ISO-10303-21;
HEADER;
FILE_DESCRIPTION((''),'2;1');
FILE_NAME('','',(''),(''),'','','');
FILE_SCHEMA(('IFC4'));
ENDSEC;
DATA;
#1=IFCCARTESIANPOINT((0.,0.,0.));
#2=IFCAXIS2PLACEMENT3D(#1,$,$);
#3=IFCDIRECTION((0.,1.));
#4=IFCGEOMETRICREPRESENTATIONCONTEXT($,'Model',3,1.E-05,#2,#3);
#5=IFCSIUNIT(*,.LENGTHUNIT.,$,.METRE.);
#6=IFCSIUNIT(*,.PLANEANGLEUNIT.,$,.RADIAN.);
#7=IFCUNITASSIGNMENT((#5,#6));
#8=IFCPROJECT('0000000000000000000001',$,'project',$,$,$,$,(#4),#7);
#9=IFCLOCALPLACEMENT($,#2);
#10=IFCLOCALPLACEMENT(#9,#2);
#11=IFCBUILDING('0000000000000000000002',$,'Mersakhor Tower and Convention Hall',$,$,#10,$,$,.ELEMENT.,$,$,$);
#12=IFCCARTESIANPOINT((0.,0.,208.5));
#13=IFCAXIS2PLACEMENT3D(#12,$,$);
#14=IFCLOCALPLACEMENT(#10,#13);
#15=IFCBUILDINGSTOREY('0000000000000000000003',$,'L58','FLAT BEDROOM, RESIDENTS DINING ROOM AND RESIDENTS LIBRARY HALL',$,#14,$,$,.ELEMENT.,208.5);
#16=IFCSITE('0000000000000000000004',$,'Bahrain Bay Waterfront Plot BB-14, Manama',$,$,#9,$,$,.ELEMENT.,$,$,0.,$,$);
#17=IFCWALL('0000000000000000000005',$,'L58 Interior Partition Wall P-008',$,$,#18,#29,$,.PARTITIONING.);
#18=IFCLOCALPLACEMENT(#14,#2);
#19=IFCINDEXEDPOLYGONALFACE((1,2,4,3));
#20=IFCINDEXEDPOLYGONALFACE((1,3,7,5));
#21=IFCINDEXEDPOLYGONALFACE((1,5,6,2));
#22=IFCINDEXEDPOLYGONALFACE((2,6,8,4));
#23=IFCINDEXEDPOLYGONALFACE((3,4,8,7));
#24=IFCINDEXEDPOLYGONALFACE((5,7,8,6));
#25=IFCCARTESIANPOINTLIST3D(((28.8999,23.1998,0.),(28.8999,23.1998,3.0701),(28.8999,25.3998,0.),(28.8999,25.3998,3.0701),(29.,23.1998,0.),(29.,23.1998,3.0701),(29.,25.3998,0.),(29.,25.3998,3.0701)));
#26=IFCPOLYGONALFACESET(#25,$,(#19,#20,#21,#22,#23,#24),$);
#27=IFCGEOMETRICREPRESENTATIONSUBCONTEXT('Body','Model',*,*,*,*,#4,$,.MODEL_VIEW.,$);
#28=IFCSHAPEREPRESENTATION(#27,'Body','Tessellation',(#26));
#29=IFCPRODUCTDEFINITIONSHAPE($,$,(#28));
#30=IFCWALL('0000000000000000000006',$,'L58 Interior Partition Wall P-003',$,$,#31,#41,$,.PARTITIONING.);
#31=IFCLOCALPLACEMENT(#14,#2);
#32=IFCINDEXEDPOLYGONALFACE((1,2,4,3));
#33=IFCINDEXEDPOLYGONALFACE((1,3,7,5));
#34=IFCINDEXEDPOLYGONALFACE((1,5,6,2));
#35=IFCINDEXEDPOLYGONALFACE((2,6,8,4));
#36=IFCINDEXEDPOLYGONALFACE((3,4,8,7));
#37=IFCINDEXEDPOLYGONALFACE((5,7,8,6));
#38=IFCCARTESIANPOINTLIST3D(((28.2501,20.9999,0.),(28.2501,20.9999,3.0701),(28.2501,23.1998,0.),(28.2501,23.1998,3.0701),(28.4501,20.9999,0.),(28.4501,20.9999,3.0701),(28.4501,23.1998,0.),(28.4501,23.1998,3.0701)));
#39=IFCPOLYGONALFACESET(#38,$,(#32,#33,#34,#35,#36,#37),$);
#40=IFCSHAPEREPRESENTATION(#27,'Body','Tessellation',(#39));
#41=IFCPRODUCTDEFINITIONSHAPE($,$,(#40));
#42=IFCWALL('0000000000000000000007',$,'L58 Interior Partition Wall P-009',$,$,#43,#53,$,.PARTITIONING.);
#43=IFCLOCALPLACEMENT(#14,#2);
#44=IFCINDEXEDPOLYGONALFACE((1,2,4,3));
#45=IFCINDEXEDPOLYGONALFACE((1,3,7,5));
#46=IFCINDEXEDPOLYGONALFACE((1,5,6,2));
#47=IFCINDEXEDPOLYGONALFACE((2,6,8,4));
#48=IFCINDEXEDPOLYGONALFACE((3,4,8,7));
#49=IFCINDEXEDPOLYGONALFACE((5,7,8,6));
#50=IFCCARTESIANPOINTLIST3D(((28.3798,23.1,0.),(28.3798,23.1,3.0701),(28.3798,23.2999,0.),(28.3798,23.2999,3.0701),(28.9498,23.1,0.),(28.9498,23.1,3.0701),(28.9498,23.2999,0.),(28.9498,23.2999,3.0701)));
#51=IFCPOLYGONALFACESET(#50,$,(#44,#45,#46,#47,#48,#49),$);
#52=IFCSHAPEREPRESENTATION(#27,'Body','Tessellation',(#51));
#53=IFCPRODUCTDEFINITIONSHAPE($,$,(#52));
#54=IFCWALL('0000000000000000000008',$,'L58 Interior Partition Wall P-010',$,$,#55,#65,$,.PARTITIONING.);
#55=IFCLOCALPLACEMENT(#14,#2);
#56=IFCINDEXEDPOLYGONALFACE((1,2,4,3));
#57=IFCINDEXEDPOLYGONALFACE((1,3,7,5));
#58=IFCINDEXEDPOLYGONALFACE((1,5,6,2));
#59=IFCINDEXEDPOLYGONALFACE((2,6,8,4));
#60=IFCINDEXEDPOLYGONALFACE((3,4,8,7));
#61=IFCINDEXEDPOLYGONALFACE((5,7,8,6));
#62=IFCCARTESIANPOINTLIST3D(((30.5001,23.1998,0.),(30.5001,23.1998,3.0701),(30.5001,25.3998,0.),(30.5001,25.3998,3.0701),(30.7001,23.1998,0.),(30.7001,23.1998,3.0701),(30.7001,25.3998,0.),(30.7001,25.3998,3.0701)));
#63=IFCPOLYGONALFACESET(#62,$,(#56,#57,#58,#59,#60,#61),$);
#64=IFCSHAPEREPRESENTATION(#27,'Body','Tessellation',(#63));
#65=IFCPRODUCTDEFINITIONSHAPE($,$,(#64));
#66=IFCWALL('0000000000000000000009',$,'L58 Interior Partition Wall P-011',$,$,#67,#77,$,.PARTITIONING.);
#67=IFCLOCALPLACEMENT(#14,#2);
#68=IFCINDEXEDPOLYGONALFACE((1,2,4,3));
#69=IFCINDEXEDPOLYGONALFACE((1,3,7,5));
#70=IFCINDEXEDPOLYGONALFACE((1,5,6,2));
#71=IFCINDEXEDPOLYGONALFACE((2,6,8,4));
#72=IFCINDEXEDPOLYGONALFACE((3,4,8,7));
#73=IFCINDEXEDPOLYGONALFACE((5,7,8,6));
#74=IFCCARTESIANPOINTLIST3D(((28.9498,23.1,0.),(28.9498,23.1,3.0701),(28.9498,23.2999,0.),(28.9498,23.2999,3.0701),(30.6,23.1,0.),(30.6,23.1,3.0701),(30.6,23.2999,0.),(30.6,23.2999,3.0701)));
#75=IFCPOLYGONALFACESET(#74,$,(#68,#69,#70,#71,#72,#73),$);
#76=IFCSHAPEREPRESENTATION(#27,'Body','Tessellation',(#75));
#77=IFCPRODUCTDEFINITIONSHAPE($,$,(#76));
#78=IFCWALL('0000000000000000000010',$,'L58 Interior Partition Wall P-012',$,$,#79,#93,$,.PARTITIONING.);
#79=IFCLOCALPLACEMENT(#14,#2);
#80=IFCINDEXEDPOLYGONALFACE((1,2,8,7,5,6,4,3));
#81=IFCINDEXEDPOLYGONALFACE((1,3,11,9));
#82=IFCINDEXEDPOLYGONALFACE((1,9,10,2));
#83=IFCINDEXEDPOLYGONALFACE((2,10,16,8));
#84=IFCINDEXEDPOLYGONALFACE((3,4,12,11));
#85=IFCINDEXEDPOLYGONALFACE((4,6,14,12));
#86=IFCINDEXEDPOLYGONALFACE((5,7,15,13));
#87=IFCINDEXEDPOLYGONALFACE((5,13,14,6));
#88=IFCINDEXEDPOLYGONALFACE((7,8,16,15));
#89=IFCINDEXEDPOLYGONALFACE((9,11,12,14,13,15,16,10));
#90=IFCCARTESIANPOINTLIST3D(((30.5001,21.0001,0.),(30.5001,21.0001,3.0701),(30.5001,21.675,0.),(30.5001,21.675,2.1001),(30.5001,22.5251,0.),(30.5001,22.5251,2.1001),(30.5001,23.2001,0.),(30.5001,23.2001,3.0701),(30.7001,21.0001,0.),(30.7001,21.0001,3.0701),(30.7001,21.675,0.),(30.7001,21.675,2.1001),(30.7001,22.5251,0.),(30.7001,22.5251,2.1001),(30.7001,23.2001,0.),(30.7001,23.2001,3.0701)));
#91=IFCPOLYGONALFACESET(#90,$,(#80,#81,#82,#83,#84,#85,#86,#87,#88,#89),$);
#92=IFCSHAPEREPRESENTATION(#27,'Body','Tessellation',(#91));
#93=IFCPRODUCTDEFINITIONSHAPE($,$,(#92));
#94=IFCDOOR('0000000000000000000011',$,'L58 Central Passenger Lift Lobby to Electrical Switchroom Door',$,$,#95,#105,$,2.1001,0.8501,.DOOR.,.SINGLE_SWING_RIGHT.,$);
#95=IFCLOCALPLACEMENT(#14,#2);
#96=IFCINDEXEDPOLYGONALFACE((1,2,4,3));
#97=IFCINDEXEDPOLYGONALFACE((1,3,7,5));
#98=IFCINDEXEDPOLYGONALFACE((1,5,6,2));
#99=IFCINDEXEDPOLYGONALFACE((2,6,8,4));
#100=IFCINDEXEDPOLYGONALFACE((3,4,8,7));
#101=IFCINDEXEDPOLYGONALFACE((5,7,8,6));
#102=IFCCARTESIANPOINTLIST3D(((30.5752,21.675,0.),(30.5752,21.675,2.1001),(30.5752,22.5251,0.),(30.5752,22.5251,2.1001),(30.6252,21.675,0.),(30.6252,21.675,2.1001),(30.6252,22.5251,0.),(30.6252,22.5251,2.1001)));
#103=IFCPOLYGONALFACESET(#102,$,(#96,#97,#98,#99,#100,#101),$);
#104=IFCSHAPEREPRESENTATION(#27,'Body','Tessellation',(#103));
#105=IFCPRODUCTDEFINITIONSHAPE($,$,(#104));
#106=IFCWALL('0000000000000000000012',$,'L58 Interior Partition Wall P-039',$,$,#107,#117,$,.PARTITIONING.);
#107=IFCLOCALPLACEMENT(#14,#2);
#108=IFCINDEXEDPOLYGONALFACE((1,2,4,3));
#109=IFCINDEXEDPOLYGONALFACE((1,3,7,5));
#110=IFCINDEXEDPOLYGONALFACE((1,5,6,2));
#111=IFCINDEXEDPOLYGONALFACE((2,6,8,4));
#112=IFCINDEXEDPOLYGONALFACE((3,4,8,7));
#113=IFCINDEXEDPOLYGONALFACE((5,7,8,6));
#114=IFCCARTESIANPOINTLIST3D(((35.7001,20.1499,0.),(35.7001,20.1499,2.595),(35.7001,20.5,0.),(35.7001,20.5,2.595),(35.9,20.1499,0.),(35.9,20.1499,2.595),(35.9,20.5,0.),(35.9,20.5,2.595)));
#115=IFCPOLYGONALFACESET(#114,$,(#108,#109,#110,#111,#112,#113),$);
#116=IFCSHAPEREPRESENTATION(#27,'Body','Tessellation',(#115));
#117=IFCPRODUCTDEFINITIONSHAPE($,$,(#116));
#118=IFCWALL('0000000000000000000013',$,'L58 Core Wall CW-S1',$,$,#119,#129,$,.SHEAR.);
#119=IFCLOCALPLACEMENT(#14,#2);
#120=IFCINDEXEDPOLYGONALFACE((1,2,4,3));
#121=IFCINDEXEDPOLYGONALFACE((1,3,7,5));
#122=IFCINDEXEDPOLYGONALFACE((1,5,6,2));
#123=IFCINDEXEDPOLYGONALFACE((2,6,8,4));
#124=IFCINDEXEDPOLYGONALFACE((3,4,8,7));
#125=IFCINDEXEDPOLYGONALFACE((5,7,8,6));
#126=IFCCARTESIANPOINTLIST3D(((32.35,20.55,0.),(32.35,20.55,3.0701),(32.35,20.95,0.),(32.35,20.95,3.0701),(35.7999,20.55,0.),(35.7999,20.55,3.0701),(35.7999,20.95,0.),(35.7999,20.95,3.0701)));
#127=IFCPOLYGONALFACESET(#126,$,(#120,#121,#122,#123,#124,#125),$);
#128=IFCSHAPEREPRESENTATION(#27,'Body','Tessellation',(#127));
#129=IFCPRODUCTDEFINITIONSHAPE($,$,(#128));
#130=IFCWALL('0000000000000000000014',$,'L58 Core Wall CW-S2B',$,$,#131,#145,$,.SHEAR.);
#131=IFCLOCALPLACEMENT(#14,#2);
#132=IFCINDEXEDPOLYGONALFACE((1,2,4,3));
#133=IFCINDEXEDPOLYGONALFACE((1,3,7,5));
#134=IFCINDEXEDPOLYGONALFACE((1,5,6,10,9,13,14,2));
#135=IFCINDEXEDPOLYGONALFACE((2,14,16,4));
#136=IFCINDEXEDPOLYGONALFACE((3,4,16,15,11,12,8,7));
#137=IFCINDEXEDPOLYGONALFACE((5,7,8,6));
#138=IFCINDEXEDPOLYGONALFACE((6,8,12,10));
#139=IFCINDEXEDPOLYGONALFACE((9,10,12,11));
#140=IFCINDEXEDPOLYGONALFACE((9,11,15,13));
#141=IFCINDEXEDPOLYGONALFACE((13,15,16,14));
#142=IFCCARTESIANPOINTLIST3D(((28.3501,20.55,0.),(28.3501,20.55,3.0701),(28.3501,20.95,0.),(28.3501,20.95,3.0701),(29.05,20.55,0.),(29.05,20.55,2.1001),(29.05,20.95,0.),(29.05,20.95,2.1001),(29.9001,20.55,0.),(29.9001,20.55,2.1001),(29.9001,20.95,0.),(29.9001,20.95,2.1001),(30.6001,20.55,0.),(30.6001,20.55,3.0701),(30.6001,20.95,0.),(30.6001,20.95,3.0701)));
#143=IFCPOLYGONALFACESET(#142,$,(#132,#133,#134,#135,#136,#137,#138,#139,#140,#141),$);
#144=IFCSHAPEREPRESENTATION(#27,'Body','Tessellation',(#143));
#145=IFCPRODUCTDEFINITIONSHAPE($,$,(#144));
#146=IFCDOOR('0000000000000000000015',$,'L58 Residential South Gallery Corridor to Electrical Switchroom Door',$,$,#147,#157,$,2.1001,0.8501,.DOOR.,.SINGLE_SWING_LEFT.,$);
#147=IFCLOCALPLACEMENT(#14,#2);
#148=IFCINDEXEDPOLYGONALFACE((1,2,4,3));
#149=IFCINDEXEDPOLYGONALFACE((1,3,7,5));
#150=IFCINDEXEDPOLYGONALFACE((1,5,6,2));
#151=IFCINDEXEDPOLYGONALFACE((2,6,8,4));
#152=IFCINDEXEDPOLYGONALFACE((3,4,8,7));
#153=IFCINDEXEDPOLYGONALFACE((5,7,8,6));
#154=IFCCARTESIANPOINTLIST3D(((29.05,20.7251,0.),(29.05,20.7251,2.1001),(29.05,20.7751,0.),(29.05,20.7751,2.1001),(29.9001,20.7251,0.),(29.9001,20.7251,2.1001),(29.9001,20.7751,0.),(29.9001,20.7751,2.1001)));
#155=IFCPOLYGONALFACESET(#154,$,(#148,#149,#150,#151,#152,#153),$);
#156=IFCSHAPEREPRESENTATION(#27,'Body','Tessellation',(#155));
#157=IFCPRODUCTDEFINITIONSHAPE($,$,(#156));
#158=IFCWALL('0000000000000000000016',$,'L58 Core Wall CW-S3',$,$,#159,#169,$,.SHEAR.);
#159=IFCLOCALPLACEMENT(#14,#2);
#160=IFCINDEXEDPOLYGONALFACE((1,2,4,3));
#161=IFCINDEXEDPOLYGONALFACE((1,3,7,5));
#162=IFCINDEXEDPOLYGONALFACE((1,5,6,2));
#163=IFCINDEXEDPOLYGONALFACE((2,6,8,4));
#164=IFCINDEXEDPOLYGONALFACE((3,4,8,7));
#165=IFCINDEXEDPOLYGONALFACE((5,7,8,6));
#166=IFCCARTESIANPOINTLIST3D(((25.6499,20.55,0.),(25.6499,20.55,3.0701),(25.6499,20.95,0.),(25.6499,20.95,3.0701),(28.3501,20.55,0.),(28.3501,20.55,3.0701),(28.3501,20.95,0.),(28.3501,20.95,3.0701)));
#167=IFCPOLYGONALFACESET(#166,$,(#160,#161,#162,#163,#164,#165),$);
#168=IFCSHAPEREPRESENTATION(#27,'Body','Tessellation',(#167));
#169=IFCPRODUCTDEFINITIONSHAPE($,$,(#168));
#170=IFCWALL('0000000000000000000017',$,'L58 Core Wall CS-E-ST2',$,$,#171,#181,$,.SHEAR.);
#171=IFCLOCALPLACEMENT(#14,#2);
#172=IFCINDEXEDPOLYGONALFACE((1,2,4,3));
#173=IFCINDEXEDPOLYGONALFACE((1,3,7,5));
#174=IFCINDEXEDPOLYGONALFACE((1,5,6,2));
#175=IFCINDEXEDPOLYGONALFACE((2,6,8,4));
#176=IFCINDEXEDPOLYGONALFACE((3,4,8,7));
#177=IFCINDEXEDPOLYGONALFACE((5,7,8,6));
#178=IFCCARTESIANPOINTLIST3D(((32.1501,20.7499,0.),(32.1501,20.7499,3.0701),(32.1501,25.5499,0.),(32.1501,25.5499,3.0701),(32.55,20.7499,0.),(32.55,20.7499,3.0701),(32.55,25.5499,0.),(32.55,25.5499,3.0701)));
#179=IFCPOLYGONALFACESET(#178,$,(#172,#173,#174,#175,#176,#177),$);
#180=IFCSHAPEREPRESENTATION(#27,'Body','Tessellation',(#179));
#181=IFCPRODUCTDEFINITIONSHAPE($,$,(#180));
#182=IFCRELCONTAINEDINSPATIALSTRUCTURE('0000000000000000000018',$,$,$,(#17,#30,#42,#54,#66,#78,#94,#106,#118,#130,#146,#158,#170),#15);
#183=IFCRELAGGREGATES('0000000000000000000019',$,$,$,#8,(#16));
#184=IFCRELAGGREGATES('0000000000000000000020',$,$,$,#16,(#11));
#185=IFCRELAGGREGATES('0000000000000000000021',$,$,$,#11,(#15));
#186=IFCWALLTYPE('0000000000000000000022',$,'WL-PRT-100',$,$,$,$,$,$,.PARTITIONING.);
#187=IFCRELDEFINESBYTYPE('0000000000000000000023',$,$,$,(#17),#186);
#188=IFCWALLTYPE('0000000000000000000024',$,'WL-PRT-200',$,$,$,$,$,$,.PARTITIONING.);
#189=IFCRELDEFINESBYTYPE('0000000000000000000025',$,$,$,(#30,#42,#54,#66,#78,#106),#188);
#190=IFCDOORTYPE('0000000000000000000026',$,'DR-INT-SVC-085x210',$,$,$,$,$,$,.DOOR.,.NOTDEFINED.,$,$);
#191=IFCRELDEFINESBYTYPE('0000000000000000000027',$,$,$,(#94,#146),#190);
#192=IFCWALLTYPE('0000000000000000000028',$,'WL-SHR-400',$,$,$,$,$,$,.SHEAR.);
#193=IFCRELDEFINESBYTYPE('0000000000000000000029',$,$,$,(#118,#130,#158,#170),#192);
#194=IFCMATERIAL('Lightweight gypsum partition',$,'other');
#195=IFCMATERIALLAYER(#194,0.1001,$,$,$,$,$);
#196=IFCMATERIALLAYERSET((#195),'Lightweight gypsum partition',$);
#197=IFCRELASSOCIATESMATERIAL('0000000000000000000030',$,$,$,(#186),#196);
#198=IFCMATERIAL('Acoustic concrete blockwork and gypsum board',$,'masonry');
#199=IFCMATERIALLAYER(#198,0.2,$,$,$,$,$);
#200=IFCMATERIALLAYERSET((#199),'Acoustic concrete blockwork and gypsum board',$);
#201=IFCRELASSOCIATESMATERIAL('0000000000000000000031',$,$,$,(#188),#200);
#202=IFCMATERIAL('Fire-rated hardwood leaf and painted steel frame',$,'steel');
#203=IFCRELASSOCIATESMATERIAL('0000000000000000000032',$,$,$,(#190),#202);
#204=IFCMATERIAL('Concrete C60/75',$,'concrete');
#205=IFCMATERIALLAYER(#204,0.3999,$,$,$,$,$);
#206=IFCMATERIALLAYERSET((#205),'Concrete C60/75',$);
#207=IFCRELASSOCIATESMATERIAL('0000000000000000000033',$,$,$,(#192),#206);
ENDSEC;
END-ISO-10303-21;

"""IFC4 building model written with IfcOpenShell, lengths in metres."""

from ifc_helpers import new_model, si_unit, direction, frame, frame_2d, origin, place, context, subcontext, project, spatial, rectangle, extrude, material, layer, layer_set, type_object, element, fill, save


model = new_model("IFC4")

# Units and contexts
model_context = context("Model", 3, precision=1e-05, world=origin(), true_north=direction((0.0, 1.0)))
body_context = subcontext(model_context, "Body", "Model", "MODEL_VIEW")
ifc_project = project(units=[si_unit("LENGTHUNIT", "METRE"), si_unit("PLANEANGLEUNIT", "RADIAN")], contexts=[model_context])

# Site, building, storey
site_placement = place(None, origin())
site = spatial("IfcSite", under=ifc_project, at=site_placement, Name="Bahrain Bay Waterfront Plot BB-14, Manama", CompositionType="ELEMENT", RefElevation=0.0)
building_placement = place(site_placement, origin())
building = spatial("IfcBuilding", under=site, at=building_placement, Name="Mersakhor Tower and Convention Hall", CompositionType="ELEMENT")
storey_placement = place(building_placement, frame((0.0, 0.0, 208.5)))
storey = spatial("IfcBuildingStorey", under=building, at=storey_placement, Name="L58", Description="FLAT BEDROOM, RESIDENTS DINING ROOM AND RESIDENTS LIBRARY HALL", CompositionType="ELEMENT", Elevation=208.5)

# Walls
ifc_material_1 = material(Name="Lightweight gypsum partition", Category="other")
ifc_layer_1 = layer(ifc_material_1, 0.1001)
ifc_layer_set_1 = layer_set([ifc_layer_1], Name="Lightweight gypsum partition")
wall_type_1 = type_object("IfcWallType", Name="WL-PRT-100", PredefinedType="PARTITIONING", material=ifc_layer_set_1)
wall_1_placement = place(storey_placement, frame((28.95, 25.3999, 0.0), z_axis=(0.0, 0.0, 1.0), x_axis=(0.0, -1.0, 0.0)))
element("IfcWall", 1, at=wall_1_placement, inside=storey, type_object=wall_type_1, Name="L58 Interior Partition Wall P-008", PredefinedType="PARTITIONING", context=body_context, shape_type="SweptSolid", body=[
    extrude(rectangle(XDim=2.2, YDim=0.1001, at=frame_2d((1.1001, 0.0))), origin(), (0.0, 0.0, 1.0), 3.0701),
])
ifc_material_2 = material(Name="Acoustic concrete blockwork and gypsum board", Category="masonry")
ifc_layer_2 = layer(ifc_material_2, 0.2)
ifc_layer_set_2 = layer_set([ifc_layer_2], Name="Acoustic concrete blockwork and gypsum board")
wall_type_2 = type_object("IfcWallType", Name="WL-PRT-200", PredefinedType="PARTITIONING", material=ifc_layer_set_2)
wall_2_placement = place(storey_placement, frame((28.3501, 23.2, 0.0), z_axis=(0.0, 0.0, 1.0), x_axis=(0.0, -1.0, 0.0)))
element("IfcWall", 2, at=wall_2_placement, inside=storey, type_object=wall_type_2, Name="L58 Interior Partition Wall P-003", PredefinedType="PARTITIONING", context=body_context, shape_type="SweptSolid", body=[
    extrude(rectangle(XDim=2.2, YDim=0.2, at=frame_2d((1.1001, 0.0))), origin(), (0.0, 0.0, 1.0), 3.0701),
])
wall_3_placement = place(storey_placement, frame((28.95, 23.2, 0.0), z_axis=(0.0, 0.0, 1.0), x_axis=(-1.0, 0.0, 0.0)))
element("IfcWall", 3, at=wall_3_placement, inside=storey, type_object=wall_type_2, Name="L58 Interior Partition Wall P-009", PredefinedType="PARTITIONING", context=body_context, shape_type="SweptSolid", body=[
    extrude(rectangle(XDim=0.5701, YDim=0.2, at=frame_2d((0.2852, 0.0))), origin(), (0.0, 0.0, 1.0), 3.0701),
])
wall_4_placement = place(storey_placement, frame((30.6001, 25.3999, 0.0), z_axis=(0.0, 0.0, 1.0), x_axis=(0.0, -1.0, 0.0)))
element("IfcWall", 4, at=wall_4_placement, inside=storey, type_object=wall_type_2, Name="L58 Interior Partition Wall P-010", PredefinedType="PARTITIONING", context=body_context, shape_type="SweptSolid", body=[
    extrude(rectangle(XDim=2.2, YDim=0.2, at=frame_2d((1.1001, 0.0))), origin(), (0.0, 0.0, 1.0), 3.0701),
])
wall_5_placement = place(storey_placement, frame((30.6001, 23.2, 0.0), z_axis=(0.0, 0.0, 1.0), x_axis=(-1.0, 0.0, 0.0)))
element("IfcWall", 5, at=wall_5_placement, inside=storey, type_object=wall_type_2, Name="L58 Interior Partition Wall P-011", PredefinedType="PARTITIONING", context=body_context, shape_type="SweptSolid", body=[
    extrude(rectangle(XDim=1.6501, YDim=0.2, at=frame_2d((0.8252, 0.0))), origin(), (0.0, 0.0, 1.0), 3.0701),
])

# Wall, opening, door
wall_6_placement = place(storey_placement, frame((30.6001, 21.0, 0.0), z_axis=(0.0, 0.0, 1.0), x_axis=(0.0, 1.0, 0.0)))
wall_6 = element("IfcWall", 6, at=wall_6_placement, inside=storey, type_object=wall_type_2, Name="L58 Interior Partition Wall P-012", PredefinedType="PARTITIONING", context=body_context, shape_type="SweptSolid", body=[
    extrude(rectangle(XDim=2.2, YDim=0.2, at=frame_2d((1.1001, 0.0))), origin(), (0.0, 0.0, 1.0), 3.0701),
])
opening_1_placement = place(wall_6_placement, frame((0.675, 0.0, 0.0)))
opening_1 = element("IfcOpeningElement", 7, at=opening_1_placement, cuts=wall_6, PredefinedType="OPENING", context=body_context, shape_type="SweptSolid", body=[
    extrude(rectangle(XDim=0.8501, YDim=2.1001, at=frame_2d((0.425, 1.05))), frame((0.0, 0.1099, 0.0), z_axis=(0.0, -1.0, 0.0), x_axis=(1.0, 0.0, 0.0)), (0.0, 0.0, 1.0), 0.22),
])
ifc_material_3 = material(Name="Fire-rated hardwood leaf and painted steel frame", Category="steel")
door_type_1 = type_object("IfcDoorType", Name="DR-INT-SVC-085x210", OperationType="NOTDEFINED", PredefinedType="DOOR", material=ifc_material_3)
door_1_placement = place(opening_1_placement, origin())
door_1 = element("IfcDoor", 8, at=door_1_placement, inside=storey, type_object=door_type_1, Name="L58 Central Passenger Lift Lobby to Electrical Switchroom Door", OperationType="SINGLE_SWING_RIGHT", OverallHeight=2.1001, OverallWidth=0.8501, PredefinedType="DOOR", context=body_context, shape_type="SweptSolid", body=[
    extrude(rectangle(XDim=0.8501, YDim=2.1001, at=frame_2d((0.425, 1.05))), frame((0.0, 0.0249, 0.0), z_axis=(0.0, -1.0, 0.0), x_axis=(1.0, 0.0, 0.0)), (0.0, 0.0, 1.0), 0.05),
])
fill(opening_1, door_1)

# Walls
wall_7_placement = place(storey_placement, frame((35.8, 20.5, 0.0), z_axis=(0.0, 0.0, 1.0), x_axis=(0.0, -1.0, 0.0)))
element("IfcWall", 9, at=wall_7_placement, inside=storey, type_object=wall_type_2, Name="L58 Interior Partition Wall P-039", PredefinedType="PARTITIONING", context=body_context, shape_type="SweptSolid", body=[
    extrude(rectangle(XDim=0.3501, YDim=0.2, at=frame_2d((0.175, 0.0))), origin(), (0.0, 0.0, 1.0), 2.595),
])
ifc_material_4 = material(Name="Concrete C60/75", Category="concrete")
ifc_layer_3 = layer(ifc_material_4, 0.3999)
ifc_layer_set_3 = layer_set([ifc_layer_3], Name="Concrete C60/75")
wall_type_3 = type_object("IfcWallType", Name="WL-SHR-400", PredefinedType="SHEAR", material=ifc_layer_set_3)
wall_8_placement = place(storey_placement, frame((35.8, 20.75, 0.0), z_axis=(0.0, 0.0, 1.0), x_axis=(-1.0, 0.0, 0.0)))
element("IfcWall", 10, at=wall_8_placement, inside=storey, type_object=wall_type_3, Name="L58 Core Wall CW-S1", PredefinedType="SHEAR", context=body_context, shape_type="SweptSolid", body=[
    extrude(rectangle(XDim=3.45, YDim=0.3999, at=frame_2d((1.7251, 0.0))), origin(), (0.0, 0.0, 1.0), 3.0701),
])

# Wall, opening, door
wall_9_placement = place(storey_placement, frame((30.6001, 20.75, 0.0), z_axis=(0.0, 0.0, 1.0), x_axis=(-1.0, 0.0, 0.0)))
wall_9 = element("IfcWall", 11, at=wall_9_placement, inside=storey, type_object=wall_type_3, Name="L58 Core Wall CW-S2B", PredefinedType="SHEAR", context=body_context, shape_type="SweptSolid", body=[
    extrude(rectangle(XDim=2.25, YDim=0.3999, at=frame_2d((1.125, 0.0))), origin(), (0.0, 0.0, 1.0), 3.0701),
])
opening_2_placement = place(wall_9_placement, frame((0.7, 0.0, 0.0)))
opening_2 = element("IfcOpeningElement", 12, at=opening_2_placement, cuts=wall_9, PredefinedType="OPENING", context=body_context, shape_type="SweptSolid", body=[
    extrude(rectangle(XDim=0.8501, YDim=2.1001, at=frame_2d((0.425, 1.05))), frame((0.0, 0.21, 0.0), z_axis=(0.0, -1.0, 0.0), x_axis=(1.0, 0.0, 0.0)), (0.0, 0.0, 1.0), 0.4199),
])
door_2_placement = place(opening_2_placement, origin())
door_2 = element("IfcDoor", 13, at=door_2_placement, inside=storey, type_object=door_type_1, Name="L58 Residential South Gallery Corridor to Electrical Switchroom Door", OperationType="SINGLE_SWING_LEFT", OverallHeight=2.1001, OverallWidth=0.8501, PredefinedType="DOOR", context=body_context, shape_type="SweptSolid", body=[
    extrude(rectangle(XDim=0.8501, YDim=2.1001, at=frame_2d((0.425, 1.05))), frame((0.0, 0.0249, 0.0), z_axis=(0.0, -1.0, 0.0), x_axis=(1.0, 0.0, 0.0)), (0.0, 0.0, 1.0), 0.05),
])
fill(opening_2, door_2)

# Walls
wall_10_placement = place(storey_placement, frame((28.3501, 20.75, 0.0), z_axis=(0.0, 0.0, 1.0), x_axis=(-1.0, 0.0, 0.0)))
element("IfcWall", 14, at=wall_10_placement, inside=storey, type_object=wall_type_3, Name="L58 Core Wall CW-S3", PredefinedType="SHEAR", context=body_context, shape_type="SweptSolid", body=[
    extrude(rectangle(XDim=2.7002, YDim=0.3999, at=frame_2d((1.3501, 0.0))), origin(), (0.0, 0.0, 1.0), 3.0701),
])
wall_11_placement = place(storey_placement, frame((32.3501, 20.75, 0.0), z_axis=(0.0, 0.0, 1.0), x_axis=(0.0, 1.0, 0.0)))
element("IfcWall", 15, at=wall_11_placement, inside=storey, type_object=wall_type_3, Name="L58 Core Wall CS-E-ST2", PredefinedType="SHEAR", context=body_context, shape_type="SweptSolid", body=[
    extrude(rectangle(XDim=4.8, YDim=0.3999, at=frame_2d((2.3999, 0.0))), origin(), (0.0, 0.0, 1.0), 3.0701),
])

save(model, "model.ifc")
